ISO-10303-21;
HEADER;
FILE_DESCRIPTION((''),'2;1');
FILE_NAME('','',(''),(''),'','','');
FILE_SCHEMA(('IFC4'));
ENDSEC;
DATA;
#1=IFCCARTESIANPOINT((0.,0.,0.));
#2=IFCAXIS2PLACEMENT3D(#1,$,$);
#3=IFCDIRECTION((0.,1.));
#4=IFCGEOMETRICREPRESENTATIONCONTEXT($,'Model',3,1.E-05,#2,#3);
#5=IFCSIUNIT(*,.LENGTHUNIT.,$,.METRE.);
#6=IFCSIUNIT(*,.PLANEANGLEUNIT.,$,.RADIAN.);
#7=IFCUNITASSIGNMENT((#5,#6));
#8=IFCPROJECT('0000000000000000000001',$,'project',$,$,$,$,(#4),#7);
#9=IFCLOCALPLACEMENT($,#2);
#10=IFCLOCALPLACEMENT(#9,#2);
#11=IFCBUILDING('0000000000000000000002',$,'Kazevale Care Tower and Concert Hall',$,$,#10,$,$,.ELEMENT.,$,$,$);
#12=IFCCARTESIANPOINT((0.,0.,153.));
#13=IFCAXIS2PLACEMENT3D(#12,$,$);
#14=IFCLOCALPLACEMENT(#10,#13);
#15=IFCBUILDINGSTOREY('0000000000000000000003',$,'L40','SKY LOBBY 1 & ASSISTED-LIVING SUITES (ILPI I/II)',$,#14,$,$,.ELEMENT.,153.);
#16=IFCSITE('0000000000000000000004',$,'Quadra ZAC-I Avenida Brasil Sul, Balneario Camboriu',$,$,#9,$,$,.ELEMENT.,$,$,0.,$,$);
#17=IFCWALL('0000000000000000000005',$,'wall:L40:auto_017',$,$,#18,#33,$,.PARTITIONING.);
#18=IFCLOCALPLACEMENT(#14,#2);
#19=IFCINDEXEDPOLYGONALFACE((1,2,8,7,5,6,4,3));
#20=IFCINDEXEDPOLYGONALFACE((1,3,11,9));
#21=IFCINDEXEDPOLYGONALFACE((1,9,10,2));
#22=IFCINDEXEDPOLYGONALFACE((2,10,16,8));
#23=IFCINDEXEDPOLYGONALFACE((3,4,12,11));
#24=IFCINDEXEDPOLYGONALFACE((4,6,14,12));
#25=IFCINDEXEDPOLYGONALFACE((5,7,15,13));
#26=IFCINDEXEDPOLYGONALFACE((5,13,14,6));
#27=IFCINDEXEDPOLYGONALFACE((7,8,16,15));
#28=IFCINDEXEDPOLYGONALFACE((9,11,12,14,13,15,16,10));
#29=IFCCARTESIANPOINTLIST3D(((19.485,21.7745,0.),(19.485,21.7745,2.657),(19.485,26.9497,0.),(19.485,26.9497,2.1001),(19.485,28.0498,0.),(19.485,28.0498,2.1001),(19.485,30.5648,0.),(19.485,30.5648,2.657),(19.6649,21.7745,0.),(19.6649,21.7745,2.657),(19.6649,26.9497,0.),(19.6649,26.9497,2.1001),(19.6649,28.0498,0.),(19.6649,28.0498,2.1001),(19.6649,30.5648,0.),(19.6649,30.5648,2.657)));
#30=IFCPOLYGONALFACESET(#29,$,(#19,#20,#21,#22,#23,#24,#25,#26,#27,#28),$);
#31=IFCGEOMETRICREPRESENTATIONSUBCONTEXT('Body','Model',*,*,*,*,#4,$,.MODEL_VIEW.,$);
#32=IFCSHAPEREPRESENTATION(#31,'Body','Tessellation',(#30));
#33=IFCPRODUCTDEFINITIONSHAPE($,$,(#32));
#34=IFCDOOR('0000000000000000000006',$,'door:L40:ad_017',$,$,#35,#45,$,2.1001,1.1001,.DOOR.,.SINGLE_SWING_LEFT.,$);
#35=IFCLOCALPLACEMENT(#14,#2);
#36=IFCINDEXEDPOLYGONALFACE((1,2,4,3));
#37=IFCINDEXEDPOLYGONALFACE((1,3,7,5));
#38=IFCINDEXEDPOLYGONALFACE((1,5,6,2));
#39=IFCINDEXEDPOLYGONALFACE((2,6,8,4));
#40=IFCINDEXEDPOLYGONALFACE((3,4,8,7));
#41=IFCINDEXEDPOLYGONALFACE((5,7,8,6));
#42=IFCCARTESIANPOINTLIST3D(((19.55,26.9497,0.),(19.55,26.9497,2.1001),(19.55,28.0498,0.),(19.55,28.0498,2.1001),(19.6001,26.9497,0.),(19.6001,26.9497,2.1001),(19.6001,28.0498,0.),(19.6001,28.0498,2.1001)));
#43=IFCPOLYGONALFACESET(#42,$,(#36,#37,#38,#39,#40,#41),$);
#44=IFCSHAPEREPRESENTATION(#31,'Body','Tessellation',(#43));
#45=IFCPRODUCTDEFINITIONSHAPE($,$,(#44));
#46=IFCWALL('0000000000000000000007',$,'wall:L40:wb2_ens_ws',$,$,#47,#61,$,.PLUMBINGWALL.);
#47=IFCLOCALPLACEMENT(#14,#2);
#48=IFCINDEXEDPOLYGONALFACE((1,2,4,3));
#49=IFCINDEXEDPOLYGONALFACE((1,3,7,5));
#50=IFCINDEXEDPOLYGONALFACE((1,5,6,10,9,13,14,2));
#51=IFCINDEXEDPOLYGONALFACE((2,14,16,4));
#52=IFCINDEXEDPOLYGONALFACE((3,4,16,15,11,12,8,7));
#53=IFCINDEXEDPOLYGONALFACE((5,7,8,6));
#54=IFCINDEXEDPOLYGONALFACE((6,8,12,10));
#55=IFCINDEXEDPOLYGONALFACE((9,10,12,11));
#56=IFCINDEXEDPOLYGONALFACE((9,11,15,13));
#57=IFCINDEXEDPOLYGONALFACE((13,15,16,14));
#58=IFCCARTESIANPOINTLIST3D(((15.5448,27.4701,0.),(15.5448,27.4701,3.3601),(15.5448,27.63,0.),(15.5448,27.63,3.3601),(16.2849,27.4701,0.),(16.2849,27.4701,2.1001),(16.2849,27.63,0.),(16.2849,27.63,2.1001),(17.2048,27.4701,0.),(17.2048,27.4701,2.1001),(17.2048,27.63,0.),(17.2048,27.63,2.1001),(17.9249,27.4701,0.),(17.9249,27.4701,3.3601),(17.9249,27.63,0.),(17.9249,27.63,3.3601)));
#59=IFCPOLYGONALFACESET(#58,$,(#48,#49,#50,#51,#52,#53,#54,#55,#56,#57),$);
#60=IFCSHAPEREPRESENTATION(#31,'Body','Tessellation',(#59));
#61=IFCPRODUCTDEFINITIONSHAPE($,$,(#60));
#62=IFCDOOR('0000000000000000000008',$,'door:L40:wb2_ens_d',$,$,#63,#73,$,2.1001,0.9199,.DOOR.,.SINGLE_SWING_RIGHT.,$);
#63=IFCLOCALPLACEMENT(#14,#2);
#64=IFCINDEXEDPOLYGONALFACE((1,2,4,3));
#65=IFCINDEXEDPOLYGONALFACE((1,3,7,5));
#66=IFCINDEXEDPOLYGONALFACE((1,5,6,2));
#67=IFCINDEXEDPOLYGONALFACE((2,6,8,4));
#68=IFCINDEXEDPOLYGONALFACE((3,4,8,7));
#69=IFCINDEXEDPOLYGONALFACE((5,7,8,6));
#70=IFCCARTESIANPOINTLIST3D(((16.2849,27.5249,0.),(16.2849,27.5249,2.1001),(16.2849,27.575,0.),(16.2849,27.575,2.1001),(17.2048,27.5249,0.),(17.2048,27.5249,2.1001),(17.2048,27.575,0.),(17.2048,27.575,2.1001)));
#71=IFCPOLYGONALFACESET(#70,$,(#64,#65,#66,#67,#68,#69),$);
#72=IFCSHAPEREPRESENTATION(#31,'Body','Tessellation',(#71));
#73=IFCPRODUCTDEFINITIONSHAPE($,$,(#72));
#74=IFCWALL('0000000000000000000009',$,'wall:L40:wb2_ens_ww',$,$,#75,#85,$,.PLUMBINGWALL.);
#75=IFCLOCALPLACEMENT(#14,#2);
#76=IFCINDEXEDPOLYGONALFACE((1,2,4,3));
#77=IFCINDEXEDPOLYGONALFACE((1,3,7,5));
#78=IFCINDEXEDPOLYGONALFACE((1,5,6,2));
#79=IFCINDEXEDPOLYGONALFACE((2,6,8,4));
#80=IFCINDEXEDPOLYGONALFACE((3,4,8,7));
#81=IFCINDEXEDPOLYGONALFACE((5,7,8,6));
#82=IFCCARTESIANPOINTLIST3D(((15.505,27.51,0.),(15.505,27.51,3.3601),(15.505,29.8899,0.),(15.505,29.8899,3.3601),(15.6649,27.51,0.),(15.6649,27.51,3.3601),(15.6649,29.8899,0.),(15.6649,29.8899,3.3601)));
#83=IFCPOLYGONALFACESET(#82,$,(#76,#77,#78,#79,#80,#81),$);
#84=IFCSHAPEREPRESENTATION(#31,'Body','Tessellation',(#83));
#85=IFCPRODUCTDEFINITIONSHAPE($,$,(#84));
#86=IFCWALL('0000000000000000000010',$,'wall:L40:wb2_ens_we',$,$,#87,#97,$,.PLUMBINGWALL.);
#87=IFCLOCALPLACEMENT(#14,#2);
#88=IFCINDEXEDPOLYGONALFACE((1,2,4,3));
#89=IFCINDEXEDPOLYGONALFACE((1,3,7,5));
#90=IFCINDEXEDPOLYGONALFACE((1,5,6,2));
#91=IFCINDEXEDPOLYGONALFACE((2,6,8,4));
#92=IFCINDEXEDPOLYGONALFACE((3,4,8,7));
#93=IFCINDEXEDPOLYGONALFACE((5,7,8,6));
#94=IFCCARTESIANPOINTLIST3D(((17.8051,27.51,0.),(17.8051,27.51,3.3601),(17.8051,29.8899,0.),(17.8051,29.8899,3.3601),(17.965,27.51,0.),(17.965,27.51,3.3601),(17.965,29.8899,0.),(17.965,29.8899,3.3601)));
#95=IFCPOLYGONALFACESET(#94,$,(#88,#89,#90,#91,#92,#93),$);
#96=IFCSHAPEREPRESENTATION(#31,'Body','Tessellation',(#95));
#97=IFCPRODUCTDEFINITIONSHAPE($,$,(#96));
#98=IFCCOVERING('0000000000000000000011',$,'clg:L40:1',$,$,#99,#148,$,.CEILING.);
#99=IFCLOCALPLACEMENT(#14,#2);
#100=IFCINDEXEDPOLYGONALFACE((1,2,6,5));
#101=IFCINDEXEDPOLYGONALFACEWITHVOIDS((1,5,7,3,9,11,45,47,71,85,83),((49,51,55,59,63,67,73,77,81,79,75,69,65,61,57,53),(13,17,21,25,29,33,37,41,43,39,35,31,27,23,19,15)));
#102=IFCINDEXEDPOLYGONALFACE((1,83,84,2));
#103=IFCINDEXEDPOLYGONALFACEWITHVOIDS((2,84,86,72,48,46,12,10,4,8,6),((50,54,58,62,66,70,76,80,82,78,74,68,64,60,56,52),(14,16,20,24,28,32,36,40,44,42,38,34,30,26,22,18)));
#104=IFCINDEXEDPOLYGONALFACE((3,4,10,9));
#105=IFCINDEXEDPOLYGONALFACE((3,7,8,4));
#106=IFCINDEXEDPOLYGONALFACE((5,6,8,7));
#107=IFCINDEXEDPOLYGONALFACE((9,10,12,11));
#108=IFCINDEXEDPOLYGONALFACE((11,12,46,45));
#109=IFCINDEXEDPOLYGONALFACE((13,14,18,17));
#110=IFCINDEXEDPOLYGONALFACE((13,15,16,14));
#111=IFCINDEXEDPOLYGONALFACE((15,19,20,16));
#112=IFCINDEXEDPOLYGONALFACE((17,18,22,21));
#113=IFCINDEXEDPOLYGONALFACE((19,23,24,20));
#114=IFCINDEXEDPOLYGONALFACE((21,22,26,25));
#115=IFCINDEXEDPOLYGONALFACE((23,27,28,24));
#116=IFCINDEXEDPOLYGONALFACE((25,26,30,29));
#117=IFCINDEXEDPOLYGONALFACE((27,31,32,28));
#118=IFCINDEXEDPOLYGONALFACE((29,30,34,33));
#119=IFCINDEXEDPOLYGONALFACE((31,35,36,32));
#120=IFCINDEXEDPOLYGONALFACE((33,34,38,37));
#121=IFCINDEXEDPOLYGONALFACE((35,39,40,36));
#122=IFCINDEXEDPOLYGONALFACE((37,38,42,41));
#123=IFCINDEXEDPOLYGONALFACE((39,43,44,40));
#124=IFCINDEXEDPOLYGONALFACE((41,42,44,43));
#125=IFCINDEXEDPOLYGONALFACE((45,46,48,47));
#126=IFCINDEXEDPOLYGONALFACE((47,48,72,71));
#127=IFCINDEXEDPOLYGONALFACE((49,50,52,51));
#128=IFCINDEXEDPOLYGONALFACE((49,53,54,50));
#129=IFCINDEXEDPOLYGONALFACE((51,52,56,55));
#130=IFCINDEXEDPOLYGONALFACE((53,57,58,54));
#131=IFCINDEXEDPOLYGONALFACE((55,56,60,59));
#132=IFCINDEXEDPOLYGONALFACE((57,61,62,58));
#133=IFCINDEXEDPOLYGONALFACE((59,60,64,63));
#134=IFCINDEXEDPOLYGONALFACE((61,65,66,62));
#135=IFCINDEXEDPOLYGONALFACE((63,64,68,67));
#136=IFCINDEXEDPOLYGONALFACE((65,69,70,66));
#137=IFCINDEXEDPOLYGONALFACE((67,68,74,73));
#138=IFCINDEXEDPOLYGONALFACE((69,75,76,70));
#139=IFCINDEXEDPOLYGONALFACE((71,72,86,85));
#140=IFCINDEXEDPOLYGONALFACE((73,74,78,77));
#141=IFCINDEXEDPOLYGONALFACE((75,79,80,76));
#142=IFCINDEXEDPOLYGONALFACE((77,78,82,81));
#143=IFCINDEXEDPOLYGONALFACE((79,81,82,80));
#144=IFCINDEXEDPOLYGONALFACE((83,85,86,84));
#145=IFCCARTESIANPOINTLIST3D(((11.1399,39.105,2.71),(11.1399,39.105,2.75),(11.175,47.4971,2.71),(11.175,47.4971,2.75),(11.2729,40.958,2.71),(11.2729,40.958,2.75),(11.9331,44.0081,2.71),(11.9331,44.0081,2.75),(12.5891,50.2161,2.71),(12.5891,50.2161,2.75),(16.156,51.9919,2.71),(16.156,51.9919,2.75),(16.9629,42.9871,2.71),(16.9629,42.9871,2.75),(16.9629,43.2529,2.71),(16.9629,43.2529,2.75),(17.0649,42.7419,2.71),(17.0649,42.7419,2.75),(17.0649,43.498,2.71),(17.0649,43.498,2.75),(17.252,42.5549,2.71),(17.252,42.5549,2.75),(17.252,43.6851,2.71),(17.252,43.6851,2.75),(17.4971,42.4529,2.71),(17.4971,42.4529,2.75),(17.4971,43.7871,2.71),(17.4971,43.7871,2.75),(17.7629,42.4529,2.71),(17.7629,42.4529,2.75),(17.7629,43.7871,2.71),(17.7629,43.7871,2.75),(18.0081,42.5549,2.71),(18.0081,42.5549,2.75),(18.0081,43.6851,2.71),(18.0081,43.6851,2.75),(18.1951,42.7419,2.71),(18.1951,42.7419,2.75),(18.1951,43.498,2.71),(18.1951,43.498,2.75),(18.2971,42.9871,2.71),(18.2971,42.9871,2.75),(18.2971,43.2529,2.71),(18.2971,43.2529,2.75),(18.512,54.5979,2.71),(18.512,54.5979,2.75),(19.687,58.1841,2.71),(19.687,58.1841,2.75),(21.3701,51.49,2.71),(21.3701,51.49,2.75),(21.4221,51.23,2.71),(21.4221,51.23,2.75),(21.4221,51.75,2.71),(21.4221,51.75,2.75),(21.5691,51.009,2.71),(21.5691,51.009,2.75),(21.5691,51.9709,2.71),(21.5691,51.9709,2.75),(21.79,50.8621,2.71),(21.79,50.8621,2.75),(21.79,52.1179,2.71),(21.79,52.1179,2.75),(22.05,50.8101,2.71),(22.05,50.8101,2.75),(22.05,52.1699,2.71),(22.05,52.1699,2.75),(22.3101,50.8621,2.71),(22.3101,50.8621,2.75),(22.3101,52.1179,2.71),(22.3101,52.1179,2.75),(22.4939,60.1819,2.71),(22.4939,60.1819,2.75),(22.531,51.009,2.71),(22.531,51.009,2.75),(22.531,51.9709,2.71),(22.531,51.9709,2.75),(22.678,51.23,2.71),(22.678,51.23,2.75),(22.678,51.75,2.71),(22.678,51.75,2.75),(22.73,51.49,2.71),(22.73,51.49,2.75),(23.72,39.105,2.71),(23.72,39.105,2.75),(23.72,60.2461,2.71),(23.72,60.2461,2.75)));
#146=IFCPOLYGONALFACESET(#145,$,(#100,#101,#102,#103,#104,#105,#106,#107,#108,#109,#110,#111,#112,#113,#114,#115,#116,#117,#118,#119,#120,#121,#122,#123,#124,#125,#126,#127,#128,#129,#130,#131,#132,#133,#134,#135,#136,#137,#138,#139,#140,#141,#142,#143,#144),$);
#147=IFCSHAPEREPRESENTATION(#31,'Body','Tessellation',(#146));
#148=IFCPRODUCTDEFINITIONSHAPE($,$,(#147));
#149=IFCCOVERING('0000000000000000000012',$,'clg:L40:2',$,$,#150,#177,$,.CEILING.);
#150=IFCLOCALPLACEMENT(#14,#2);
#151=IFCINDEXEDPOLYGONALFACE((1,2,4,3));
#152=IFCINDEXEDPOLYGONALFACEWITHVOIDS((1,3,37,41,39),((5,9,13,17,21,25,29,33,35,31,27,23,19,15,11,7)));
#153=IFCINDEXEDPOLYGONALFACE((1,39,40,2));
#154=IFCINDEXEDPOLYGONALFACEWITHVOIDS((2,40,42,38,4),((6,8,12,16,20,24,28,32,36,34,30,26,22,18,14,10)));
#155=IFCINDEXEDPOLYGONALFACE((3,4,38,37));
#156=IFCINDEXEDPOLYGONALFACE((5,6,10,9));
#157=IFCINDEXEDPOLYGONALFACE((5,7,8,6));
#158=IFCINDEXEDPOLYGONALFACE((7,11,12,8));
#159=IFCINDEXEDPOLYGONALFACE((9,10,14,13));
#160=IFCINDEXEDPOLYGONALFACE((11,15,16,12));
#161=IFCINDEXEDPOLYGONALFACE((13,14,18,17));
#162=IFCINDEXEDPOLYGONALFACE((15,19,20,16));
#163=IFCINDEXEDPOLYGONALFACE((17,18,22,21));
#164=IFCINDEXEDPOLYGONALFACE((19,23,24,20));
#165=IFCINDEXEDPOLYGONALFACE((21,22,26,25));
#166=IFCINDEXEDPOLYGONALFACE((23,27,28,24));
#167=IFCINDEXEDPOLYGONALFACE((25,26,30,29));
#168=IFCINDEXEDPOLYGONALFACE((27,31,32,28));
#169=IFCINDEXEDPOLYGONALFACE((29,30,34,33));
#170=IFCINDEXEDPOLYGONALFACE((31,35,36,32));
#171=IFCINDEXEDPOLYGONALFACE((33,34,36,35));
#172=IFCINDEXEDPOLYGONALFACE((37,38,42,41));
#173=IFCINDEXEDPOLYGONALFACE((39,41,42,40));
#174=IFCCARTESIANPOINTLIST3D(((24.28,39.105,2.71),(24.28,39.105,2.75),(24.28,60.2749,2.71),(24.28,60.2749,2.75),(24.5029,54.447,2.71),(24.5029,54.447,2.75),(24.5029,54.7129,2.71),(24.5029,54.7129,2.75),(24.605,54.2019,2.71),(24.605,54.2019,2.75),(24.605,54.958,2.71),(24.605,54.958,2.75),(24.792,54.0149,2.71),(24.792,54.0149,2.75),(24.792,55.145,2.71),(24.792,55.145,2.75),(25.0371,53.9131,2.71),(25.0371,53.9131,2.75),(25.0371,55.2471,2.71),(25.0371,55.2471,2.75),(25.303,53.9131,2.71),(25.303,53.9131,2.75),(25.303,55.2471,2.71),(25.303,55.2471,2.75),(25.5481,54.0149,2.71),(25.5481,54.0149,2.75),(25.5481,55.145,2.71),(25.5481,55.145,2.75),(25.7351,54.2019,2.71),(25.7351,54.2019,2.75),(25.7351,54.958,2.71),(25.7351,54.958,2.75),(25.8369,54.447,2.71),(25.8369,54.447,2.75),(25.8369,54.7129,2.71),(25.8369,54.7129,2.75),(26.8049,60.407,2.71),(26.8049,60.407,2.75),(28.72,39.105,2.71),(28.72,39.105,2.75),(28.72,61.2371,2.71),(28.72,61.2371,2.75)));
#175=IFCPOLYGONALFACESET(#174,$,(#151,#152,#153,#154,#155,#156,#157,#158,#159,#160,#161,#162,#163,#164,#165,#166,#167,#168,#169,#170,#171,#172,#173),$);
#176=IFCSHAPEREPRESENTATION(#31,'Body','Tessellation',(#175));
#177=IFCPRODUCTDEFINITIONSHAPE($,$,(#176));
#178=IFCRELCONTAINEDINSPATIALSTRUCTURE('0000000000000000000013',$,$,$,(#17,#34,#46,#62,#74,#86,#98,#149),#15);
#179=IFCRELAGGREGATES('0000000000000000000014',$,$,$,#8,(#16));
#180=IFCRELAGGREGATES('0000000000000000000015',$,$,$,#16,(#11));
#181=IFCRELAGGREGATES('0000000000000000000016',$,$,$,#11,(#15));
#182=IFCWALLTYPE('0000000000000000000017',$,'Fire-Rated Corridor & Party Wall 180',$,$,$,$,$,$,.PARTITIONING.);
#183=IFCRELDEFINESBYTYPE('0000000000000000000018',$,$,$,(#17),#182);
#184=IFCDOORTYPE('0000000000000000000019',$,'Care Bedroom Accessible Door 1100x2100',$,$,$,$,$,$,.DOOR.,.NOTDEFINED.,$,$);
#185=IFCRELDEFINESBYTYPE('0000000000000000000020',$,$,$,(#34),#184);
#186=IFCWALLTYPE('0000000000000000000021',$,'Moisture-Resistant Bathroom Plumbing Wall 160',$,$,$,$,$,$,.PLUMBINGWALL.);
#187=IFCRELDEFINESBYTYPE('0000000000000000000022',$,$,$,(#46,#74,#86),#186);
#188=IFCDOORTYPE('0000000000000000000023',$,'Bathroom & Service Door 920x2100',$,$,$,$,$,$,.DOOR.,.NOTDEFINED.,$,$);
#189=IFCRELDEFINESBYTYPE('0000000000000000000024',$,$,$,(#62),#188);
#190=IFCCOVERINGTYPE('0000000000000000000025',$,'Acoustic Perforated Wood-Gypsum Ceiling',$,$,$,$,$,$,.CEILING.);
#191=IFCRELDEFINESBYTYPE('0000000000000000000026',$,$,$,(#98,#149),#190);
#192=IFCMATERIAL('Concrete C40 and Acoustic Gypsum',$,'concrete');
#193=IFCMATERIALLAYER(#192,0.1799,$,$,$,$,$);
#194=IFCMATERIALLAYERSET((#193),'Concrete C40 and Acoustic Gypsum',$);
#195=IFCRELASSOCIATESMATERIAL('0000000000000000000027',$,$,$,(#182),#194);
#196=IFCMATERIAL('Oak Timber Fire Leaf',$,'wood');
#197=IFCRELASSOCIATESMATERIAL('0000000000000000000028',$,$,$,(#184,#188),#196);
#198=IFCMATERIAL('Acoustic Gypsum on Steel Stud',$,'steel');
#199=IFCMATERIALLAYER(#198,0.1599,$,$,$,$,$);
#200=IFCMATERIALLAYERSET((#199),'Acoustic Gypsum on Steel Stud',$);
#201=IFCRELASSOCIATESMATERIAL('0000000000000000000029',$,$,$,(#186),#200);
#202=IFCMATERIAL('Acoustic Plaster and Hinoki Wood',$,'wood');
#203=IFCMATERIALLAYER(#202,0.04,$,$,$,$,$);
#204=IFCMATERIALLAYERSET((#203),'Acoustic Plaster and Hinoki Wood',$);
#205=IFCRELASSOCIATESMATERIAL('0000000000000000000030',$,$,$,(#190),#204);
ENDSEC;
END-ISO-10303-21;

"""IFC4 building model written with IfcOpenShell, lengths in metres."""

from ifc_helpers import new_model, si_unit, direction, frame, frame_2d, origin, place, context, subcontext, project, spatial, polyline, rectangle, outline, extrude, material, layer, layer_set, type_object, element, fill, save


model = new_model("IFC4")

# Units and contexts
model_context = context("Model", 3, precision=1e-05, world=origin(), true_north=direction((0.0, 1.0)))
body_context = subcontext(model_context, "Body", "Model", "MODEL_VIEW")
ifc_project = project(units=[si_unit("LENGTHUNIT", "METRE"), si_unit("PLANEANGLEUNIT", "RADIAN")], contexts=[model_context])

# Site, building, storey
site_placement = place(None, origin())
site = spatial("IfcSite", under=ifc_project, at=site_placement, Name="Quadra ZAC-I Avenida Brasil Sul, Balneario Camboriu", CompositionType="ELEMENT", RefElevation=0.0)
building_placement = place(site_placement, origin())
building = spatial("IfcBuilding", under=site, at=building_placement, Name="Kazevale Care Tower and Concert Hall", CompositionType="ELEMENT")
storey_placement = place(building_placement, frame((0.0, 0.0, 153.0)))
storey = spatial("IfcBuildingStorey", under=building, at=storey_placement, Name="L40", Description="SKY LOBBY 1 & ASSISTED-LIVING SUITES (ILPI I/II)", CompositionType="ELEMENT", Elevation=153.0)

# Walls, openings, doors
ifc_material_1 = material(Name="Concrete C40 and Acoustic Gypsum", Category="concrete")
ifc_layer_1 = layer(ifc_material_1, 0.1799)
ifc_layer_set_1 = layer_set([ifc_layer_1], Name="Concrete C40 and Acoustic Gypsum")
wall_type_1 = type_object("IfcWallType", Name="Fire-Rated Corridor & Party Wall 180", PredefinedType="PARTITIONING", material=ifc_layer_set_1)
wall_1_placement = place(storey_placement, frame((19.575, 21.7747, 0.0), z_axis=(0.0, 0.0, 1.0), x_axis=(0.0, 1.0, 0.0)))
wall_1 = element("IfcWall", 1, at=wall_1_placement, inside=storey, type_object=wall_type_1, Name="wall:L40:auto_017", PredefinedType="PARTITIONING", context=body_context, shape_type="SweptSolid", body=[
    extrude(rectangle(XDim=8.7903, YDim=0.1799, at=frame_2d((4.395, 0.0))), origin(), (0.0, 0.0, 1.0), 2.657),
])
opening_1_placement = place(wall_1_placement, frame((5.175, 0.0, 0.0)))
opening_1 = element("IfcOpeningElement", 2, at=opening_1_placement, cuts=wall_1, PredefinedType="OPENING", context=body_context, shape_type="SweptSolid", body=[
    extrude(rectangle(XDim=1.1001, YDim=2.1001, at=frame_2d((0.55, 1.05))), frame((0.0, 0.0999, 0.0), z_axis=(0.0, -1.0, 0.0), x_axis=(1.0, 0.0, 0.0)), (0.0, 0.0, 1.0), 0.2),
])
ifc_material_2 = material(Name="Oak Timber Fire Leaf", Category="wood")
door_type_1 = type_object("IfcDoorType", Name="Care Bedroom Accessible Door 1100x2100", OperationType="NOTDEFINED", PredefinedType="DOOR", material=ifc_material_2)
door_1_placement = place(opening_1_placement, origin())
door_1 = element("IfcDoor", 3, at=door_1_placement, inside=storey, type_object=door_type_1, Name="door:L40:ad_017", OperationType="SINGLE_SWING_LEFT", OverallHeight=2.1001, OverallWidth=1.1001, PredefinedType="DOOR", context=body_context, shape_type="SweptSolid", body=[
    extrude(rectangle(XDim=1.1001, YDim=2.1001, at=frame_2d((0.55, 1.05))), frame((0.0, 0.0249, 0.0), z_axis=(0.0, -1.0, 0.0), x_axis=(1.0, 0.0, 0.0)), (0.0, 0.0, 1.0), 0.05),
])
fill(opening_1, door_1)
ifc_material_3 = material(Name="Acoustic Gypsum on Steel Stud", Category="steel")
ifc_layer_2 = layer(ifc_material_3, 0.1599)
ifc_layer_set_2 = layer_set([ifc_layer_2], Name="Acoustic Gypsum on Steel Stud")
wall_type_2 = type_object("IfcWallType", Name="Moisture-Resistant Bathroom Plumbing Wall 160", PredefinedType="PLUMBINGWALL", material=ifc_layer_set_2)
wall_2_placement = place(storey_placement, frame((15.5449, 27.55, 0.0), z_axis=(0.0, 0.0, 1.0), x_axis=(1.0, 0.0, 0.0)))
wall_2 = element("IfcWall", 4, at=wall_2_placement, inside=storey, type_object=wall_type_2, Name="wall:L40:wb2_ens_ws", PredefinedType="PLUMBINGWALL", context=body_context, shape_type="SweptSolid", body=[
    extrude(rectangle(XDim=2.3801, YDim=0.1599, at=frame_2d((1.1899, 0.0))), origin(), (0.0, 0.0, 1.0), 3.3601),
])
opening_2_placement = place(wall_2_placement, frame((0.74, 0.0, 0.0)))
opening_2 = element("IfcOpeningElement", 5, at=opening_2_placement, cuts=wall_2, PredefinedType="OPENING", context=body_context, shape_type="SweptSolid", body=[
    extrude(rectangle(XDim=0.9199, YDim=2.1001, at=frame_2d((0.46, 1.05))), frame((0.0, 0.0898, 0.0), z_axis=(0.0, -1.0, 0.0), x_axis=(1.0, 0.0, 0.0)), (0.0, 0.0, 1.0), 0.1799),
])
door_type_2 = type_object("IfcDoorType", Name="Bathroom & Service Door 920x2100", OperationType="NOTDEFINED", PredefinedType="DOOR", material=ifc_material_2)
door_2_placement = place(opening_2_placement, origin())
door_2 = element("IfcDoor", 6, at=door_2_placement, inside=storey, type_object=door_type_2, Name="door:L40:wb2_ens_d", OperationType="SINGLE_SWING_RIGHT", OverallHeight=2.1001, OverallWidth=0.9199, PredefinedType="DOOR", context=body_context, shape_type="SweptSolid", body=[
    extrude(rectangle(XDim=0.9199, YDim=2.1001, at=frame_2d((0.46, 1.05))), frame((0.0, 0.0249, 0.0), z_axis=(0.0, -1.0, 0.0), x_axis=(1.0, 0.0, 0.0)), (0.0, 0.0, 1.0), 0.05),
])
fill(opening_2, door_2)

# Walls
for number, where, z_axis, x_axis, name in (
    (7, (15.585, 27.51, 0.0), (0.0, 0.0, 1.0), (0.0, 1.0, 0.0), "wall:L40:wb2_ens_ww"),
    (8, (17.885, 27.51, 0.0), (0.0, 0.0, 1.0), (0.0, 1.0, 0.0), "wall:L40:wb2_ens_we"),
):
    element("IfcWall", number, at=place(storey_placement, frame(where, z_axis=z_axis, x_axis=x_axis)), inside=storey, type_object=wall_type_2, Name=name, PredefinedType="PLUMBINGWALL", context=body_context, shape_type="SweptSolid", body=[
        extrude(rectangle(XDim=2.3799, YDim=0.1599, at=frame_2d((1.1899, 0.0))), origin(), (0.0, 0.0, 1.0), 3.3601),
    ])

# Coverings
ifc_material_4 = material(Name="Acoustic Plaster and Hinoki Wood", Category="wood")
ifc_layer_3 = layer(ifc_material_4, 0.04)
ifc_layer_set_3 = layer_set([ifc_layer_3], Name="Acoustic Plaster and Hinoki Wood")
covering_type = type_object("IfcCoveringType", Name="Acoustic Perforated Wood-Gypsum Ceiling", PredefinedType="CEILING", material=ifc_layer_set_3)
covering_1_placement = place(storey_placement, frame((0.0, 0.0, 2.71)))
element("IfcCovering", 9, at=covering_1_placement, inside=storey, type_object=covering_type, Name="clg:L40:1", PredefinedType="CEILING", context=body_context, shape_type="SweptSolid", body=[
    extrude(outline(polyline([(11.9331, 44.0081), (11.175, 47.4971), (12.5891, 50.2161), (16.156, 51.9919), (18.512, 54.5979), (19.687, 58.1841), (22.4939, 60.1819), (23.72, 60.2461), (23.72, 39.105), (11.1399, 39.105), (11.2729, 40.958), (11.9331, 44.0081)]), holes=[polyline([(22.678, 51.75), (22.531, 51.9709), (22.3101, 52.1179), (22.05, 52.1699), (21.79, 52.1179), (21.5691, 51.9709), (21.4221, 51.75), (21.3701, 51.49), (21.4221, 51.23), (21.5691, 51.009), (21.79, 50.8621), (22.05, 50.8101), (22.3101, 50.8621), (22.531, 51.009), (22.678, 51.23), (22.73, 51.49), (22.678, 51.75)]), polyline([(18.2971, 43.2529), (18.1951, 43.498), (18.0081, 43.6851), (17.7629, 43.7871), (17.4971, 43.7871), (17.252, 43.6851), (17.0649, 43.498), (16.9629, 43.2529), (16.9629, 42.9871), (17.0649, 42.7419), (17.252, 42.5549), (17.4971, 42.4529), (17.7629, 42.4529), (18.0081, 42.5549), (18.1951, 42.7419), (18.2971, 42.9871), (18.2971, 43.2529)])]), origin(), (0.0, 0.0, 1.0), 0.04),
])
covering_2_placement = place(storey_placement, frame((0.0, 0.0, 2.71)))
element("IfcCovering", 10, at=covering_2_placement, inside=storey, type_object=covering_type, Name="clg:L40:2", PredefinedType="CEILING", context=body_context, shape_type="SweptSolid", body=[
    extrude(outline(polyline([(28.72, 39.105), (24.28, 39.105), (24.28, 60.2749), (26.8049, 60.407), (28.72, 61.2371), (28.72, 39.105)]), holes=[polyline([(25.8369, 54.7129), (25.7351, 54.958), (25.5481, 55.145), (25.303, 55.2471), (25.0371, 55.2471), (24.792, 55.145), (24.605, 54.958), (24.5029, 54.7129), (24.5029, 54.447), (24.605, 54.2019), (24.792, 54.0149), (25.0371, 53.9131), (25.303, 53.9131), (25.5481, 54.0149), (25.7351, 54.2019), (25.8369, 54.447), (25.8369, 54.7129)])]), origin(), (0.0, 0.0, 1.0), 0.04),
])

save(model, "model.ifc")
